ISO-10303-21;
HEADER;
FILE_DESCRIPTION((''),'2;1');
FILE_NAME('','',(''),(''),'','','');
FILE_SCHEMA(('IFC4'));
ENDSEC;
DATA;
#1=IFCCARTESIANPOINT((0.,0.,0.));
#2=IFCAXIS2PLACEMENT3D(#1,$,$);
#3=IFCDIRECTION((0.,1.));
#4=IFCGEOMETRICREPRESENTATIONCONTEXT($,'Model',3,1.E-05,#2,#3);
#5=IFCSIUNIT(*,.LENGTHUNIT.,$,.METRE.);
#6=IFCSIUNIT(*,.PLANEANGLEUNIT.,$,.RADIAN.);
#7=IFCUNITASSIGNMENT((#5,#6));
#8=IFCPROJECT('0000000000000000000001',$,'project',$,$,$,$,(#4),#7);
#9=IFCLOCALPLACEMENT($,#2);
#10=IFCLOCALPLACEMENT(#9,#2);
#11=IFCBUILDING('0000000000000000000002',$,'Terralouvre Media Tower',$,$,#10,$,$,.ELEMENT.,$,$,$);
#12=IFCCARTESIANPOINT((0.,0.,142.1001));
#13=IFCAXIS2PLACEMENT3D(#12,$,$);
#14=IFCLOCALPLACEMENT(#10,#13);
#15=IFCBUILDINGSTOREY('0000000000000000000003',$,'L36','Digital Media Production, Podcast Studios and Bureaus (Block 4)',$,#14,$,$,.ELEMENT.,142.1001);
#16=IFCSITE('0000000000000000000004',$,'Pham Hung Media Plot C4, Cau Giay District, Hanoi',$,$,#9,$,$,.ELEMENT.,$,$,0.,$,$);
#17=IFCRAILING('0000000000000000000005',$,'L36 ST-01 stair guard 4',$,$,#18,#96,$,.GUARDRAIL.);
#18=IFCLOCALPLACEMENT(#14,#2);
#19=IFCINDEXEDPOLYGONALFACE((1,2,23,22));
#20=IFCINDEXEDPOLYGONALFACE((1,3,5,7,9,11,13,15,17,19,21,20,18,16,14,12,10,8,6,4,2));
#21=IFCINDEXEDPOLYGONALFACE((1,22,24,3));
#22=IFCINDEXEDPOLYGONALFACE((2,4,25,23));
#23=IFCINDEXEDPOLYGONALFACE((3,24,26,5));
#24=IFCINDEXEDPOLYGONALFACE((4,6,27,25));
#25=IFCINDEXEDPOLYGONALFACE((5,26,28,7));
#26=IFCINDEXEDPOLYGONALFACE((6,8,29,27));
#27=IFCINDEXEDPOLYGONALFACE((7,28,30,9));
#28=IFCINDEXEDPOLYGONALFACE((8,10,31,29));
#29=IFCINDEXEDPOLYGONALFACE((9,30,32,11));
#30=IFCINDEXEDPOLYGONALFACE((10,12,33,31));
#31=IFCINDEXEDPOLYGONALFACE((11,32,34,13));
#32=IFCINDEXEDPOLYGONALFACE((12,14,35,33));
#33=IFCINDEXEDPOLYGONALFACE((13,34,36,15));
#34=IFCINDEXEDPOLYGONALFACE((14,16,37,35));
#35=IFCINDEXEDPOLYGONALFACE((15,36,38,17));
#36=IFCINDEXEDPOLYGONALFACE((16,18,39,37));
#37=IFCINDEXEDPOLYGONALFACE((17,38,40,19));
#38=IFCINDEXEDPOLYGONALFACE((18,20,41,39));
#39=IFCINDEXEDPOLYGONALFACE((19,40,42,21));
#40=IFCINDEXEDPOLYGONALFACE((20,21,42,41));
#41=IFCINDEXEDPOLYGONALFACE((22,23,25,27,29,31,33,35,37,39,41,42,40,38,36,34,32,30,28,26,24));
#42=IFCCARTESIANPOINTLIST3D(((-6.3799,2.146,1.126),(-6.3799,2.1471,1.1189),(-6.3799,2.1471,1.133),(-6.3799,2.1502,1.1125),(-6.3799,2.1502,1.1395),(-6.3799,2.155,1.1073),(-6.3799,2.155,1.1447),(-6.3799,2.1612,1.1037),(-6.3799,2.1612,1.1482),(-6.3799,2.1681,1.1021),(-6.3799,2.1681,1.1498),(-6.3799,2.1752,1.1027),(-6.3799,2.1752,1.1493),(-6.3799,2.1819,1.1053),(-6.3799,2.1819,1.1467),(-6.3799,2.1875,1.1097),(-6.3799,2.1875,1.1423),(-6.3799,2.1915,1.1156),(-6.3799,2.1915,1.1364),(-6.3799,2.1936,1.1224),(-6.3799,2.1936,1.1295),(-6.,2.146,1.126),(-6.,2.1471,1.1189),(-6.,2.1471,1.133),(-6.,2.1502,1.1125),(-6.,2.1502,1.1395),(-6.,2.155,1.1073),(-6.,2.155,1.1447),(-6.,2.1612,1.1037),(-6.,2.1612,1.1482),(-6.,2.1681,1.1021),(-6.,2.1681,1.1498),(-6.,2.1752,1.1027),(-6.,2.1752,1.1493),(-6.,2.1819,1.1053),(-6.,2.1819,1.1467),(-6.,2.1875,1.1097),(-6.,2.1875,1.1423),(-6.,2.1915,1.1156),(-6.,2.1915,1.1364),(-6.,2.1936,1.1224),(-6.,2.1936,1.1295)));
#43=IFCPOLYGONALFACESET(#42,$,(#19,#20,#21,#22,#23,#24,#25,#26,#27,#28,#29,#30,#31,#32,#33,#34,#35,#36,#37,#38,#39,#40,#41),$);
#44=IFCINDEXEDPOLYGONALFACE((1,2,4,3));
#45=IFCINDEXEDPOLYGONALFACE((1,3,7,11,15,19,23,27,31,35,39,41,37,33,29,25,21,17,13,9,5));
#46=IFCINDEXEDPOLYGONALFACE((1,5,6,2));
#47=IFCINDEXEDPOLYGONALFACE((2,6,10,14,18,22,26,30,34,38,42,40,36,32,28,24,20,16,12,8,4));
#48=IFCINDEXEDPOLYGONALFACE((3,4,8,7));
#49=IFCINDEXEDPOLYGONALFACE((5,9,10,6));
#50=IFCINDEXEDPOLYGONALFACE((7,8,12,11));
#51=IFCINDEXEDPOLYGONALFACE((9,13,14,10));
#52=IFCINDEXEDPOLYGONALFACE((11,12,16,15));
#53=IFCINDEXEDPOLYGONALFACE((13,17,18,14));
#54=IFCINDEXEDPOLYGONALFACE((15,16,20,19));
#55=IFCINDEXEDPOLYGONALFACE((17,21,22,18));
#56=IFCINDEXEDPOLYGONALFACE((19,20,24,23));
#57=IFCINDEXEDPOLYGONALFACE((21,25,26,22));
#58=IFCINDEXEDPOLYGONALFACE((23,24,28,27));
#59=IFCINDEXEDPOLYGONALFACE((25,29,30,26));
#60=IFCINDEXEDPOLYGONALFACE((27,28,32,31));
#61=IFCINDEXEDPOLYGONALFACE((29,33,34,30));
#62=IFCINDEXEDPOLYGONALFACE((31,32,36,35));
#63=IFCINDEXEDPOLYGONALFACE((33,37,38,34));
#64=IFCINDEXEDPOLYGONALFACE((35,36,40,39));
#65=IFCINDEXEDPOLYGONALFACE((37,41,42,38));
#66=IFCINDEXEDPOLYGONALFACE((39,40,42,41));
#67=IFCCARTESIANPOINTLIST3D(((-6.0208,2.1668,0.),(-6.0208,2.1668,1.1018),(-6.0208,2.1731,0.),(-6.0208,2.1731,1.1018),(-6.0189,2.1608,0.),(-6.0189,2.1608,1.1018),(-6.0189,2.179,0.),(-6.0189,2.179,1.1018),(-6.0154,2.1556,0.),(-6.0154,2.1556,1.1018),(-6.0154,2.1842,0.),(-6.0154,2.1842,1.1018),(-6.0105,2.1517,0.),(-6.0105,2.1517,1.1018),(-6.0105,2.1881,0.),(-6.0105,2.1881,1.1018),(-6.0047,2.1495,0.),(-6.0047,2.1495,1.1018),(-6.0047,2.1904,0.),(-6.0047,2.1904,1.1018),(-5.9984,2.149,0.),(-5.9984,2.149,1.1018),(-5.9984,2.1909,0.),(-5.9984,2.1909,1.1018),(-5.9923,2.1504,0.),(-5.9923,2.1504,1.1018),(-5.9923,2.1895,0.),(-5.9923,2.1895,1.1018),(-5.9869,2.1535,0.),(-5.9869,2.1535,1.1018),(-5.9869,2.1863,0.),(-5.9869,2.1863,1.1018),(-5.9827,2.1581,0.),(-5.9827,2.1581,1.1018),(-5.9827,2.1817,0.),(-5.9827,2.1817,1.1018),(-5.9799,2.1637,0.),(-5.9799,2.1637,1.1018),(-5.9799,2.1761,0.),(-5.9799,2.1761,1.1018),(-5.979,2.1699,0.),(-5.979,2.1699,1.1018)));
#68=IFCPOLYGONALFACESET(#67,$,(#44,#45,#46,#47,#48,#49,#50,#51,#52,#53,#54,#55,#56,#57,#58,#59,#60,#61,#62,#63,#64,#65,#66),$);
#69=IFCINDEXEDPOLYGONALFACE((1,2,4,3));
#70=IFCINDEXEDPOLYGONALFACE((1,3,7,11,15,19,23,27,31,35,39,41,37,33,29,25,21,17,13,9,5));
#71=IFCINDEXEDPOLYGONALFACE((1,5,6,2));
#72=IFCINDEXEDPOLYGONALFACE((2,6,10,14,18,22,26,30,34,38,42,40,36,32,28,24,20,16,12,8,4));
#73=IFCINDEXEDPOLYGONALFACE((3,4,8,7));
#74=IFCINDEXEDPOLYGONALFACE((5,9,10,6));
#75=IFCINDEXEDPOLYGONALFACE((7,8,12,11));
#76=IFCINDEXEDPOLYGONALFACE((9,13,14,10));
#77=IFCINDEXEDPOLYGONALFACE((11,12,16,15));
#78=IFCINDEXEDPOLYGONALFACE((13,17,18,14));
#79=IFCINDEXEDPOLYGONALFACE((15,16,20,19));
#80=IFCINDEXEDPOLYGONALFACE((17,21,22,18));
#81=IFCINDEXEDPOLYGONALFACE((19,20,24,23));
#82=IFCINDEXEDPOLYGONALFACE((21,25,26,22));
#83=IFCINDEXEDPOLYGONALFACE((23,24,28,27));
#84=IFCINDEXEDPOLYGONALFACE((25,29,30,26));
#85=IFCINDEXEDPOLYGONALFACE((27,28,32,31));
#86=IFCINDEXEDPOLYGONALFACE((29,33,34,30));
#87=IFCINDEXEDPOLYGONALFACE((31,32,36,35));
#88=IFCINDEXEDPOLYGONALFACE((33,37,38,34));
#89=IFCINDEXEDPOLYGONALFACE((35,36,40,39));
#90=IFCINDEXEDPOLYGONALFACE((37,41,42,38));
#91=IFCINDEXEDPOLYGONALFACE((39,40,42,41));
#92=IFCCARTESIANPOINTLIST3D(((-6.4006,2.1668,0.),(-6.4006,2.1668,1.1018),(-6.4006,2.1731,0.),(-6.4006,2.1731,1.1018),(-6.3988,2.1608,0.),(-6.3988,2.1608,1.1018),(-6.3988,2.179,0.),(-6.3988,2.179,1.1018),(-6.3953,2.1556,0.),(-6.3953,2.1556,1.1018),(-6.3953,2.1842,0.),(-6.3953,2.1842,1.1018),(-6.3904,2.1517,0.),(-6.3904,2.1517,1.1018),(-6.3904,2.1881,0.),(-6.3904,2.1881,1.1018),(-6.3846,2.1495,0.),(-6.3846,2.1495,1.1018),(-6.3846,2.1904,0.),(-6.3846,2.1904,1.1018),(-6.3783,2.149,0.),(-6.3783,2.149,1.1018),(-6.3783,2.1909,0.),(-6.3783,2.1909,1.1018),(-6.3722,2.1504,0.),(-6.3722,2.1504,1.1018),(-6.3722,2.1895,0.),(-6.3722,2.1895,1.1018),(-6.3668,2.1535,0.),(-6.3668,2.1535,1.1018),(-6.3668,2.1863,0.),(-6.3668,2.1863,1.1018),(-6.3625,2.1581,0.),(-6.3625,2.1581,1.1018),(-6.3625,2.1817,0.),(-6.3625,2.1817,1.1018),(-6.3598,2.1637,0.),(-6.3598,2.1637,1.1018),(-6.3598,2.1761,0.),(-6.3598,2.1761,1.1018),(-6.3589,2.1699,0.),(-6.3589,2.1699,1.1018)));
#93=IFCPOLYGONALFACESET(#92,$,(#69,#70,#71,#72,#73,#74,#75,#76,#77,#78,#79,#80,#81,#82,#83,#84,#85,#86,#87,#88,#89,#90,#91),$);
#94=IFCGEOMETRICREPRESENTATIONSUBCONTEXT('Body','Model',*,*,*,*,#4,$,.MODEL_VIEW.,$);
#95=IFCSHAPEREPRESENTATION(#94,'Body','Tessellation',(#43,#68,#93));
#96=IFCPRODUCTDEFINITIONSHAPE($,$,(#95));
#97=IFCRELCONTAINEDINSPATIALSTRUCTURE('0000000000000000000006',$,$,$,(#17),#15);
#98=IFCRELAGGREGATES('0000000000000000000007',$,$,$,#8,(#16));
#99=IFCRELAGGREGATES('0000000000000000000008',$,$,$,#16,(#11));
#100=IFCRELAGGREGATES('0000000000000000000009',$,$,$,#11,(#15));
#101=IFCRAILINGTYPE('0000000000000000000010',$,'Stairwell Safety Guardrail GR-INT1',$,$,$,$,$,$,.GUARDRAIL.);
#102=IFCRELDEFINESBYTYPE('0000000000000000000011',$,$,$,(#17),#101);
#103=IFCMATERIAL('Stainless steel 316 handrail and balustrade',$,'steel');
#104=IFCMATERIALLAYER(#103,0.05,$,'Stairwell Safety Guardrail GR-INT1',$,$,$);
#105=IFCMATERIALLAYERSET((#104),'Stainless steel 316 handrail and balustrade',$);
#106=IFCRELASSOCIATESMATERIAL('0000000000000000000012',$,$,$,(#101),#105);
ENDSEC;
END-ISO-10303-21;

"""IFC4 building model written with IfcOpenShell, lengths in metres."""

from ifc_helpers import new_model, si_unit, direction, frame, origin, origin_2d, place, context, subcontext, project, spatial, circle, extrude, material, layer, layer_set, type_object, element, save


model = new_model("IFC4")

# Units and contexts
model_context = context("Model", 3, precision=1e-05, world=origin(), true_north=direction((0.0, 1.0)))
body_context = subcontext(model_context, "Body", "Model", "MODEL_VIEW")
ifc_project = project(units=[si_unit("LENGTHUNIT", "METRE"), si_unit("PLANEANGLEUNIT", "RADIAN")], contexts=[model_context])

# Site, building, storey
site_placement = place(None, origin())
site = spatial("IfcSite", under=ifc_project, at=site_placement, Name="Pham Hung Media Plot C4, Cau Giay District, Hanoi", CompositionType="ELEMENT", RefElevation=0.0)
building_placement = place(site_placement, origin())
building = spatial("IfcBuilding", under=site, at=building_placement, Name="Terralouvre Media Tower", CompositionType="ELEMENT")
storey_placement = place(building_placement, frame((0.0, 0.0, 142.1001)))
storey = spatial("IfcBuildingStorey", under=building, at=storey_placement, Name="L36", Description="Digital Media Production, Podcast Studios and Bureaus (Block 4)", CompositionType="ELEMENT", Elevation=142.1001)

# Railing
ifc_material_1 = material(Name="Stainless steel 316 handrail and balustrade", Category="steel")
ifc_layer_1 = layer(ifc_material_1, 0.05, Name="Stairwell Safety Guardrail GR-INT1")
ifc_layer_set_1 = layer_set([ifc_layer_1], Name="Stainless steel 316 handrail and balustrade")
railing_type_1 = type_object("IfcRailingType", Name="Stairwell Safety Guardrail GR-INT1", PredefinedType="GUARDRAIL", material=ifc_layer_set_1)
railing_1_placement = place(storey_placement, frame((-6.0, 2.1699, 0.0)))
element("IfcRailing", 1, at=railing_1_placement, inside=storey, type_object=railing_type_1, Name="L36 ST-01 stair guard 4", PredefinedType="GUARDRAIL", context=body_context, shape_type="SweptSolid", body=[
    extrude(circle(Radius=0.0239, at=origin_2d()), frame((0.0, 0.0, 1.126), z_axis=(-1.0, 0.0, 0.0), x_axis=(0.0, -1.0, 0.0)), (0.0, 0.0, 1.0), 0.3799),
    extrude(circle(Radius=0.021, at=origin_2d()), origin(), (0.0, 0.0, 1.0), 1.1018),
    extrude(circle(Radius=0.021, at=origin_2d()), frame((-0.3799, 0.0, 0.0)), (0.0, 0.0, 1.0), 1.1018),
])

save(model, "model.ifc")
